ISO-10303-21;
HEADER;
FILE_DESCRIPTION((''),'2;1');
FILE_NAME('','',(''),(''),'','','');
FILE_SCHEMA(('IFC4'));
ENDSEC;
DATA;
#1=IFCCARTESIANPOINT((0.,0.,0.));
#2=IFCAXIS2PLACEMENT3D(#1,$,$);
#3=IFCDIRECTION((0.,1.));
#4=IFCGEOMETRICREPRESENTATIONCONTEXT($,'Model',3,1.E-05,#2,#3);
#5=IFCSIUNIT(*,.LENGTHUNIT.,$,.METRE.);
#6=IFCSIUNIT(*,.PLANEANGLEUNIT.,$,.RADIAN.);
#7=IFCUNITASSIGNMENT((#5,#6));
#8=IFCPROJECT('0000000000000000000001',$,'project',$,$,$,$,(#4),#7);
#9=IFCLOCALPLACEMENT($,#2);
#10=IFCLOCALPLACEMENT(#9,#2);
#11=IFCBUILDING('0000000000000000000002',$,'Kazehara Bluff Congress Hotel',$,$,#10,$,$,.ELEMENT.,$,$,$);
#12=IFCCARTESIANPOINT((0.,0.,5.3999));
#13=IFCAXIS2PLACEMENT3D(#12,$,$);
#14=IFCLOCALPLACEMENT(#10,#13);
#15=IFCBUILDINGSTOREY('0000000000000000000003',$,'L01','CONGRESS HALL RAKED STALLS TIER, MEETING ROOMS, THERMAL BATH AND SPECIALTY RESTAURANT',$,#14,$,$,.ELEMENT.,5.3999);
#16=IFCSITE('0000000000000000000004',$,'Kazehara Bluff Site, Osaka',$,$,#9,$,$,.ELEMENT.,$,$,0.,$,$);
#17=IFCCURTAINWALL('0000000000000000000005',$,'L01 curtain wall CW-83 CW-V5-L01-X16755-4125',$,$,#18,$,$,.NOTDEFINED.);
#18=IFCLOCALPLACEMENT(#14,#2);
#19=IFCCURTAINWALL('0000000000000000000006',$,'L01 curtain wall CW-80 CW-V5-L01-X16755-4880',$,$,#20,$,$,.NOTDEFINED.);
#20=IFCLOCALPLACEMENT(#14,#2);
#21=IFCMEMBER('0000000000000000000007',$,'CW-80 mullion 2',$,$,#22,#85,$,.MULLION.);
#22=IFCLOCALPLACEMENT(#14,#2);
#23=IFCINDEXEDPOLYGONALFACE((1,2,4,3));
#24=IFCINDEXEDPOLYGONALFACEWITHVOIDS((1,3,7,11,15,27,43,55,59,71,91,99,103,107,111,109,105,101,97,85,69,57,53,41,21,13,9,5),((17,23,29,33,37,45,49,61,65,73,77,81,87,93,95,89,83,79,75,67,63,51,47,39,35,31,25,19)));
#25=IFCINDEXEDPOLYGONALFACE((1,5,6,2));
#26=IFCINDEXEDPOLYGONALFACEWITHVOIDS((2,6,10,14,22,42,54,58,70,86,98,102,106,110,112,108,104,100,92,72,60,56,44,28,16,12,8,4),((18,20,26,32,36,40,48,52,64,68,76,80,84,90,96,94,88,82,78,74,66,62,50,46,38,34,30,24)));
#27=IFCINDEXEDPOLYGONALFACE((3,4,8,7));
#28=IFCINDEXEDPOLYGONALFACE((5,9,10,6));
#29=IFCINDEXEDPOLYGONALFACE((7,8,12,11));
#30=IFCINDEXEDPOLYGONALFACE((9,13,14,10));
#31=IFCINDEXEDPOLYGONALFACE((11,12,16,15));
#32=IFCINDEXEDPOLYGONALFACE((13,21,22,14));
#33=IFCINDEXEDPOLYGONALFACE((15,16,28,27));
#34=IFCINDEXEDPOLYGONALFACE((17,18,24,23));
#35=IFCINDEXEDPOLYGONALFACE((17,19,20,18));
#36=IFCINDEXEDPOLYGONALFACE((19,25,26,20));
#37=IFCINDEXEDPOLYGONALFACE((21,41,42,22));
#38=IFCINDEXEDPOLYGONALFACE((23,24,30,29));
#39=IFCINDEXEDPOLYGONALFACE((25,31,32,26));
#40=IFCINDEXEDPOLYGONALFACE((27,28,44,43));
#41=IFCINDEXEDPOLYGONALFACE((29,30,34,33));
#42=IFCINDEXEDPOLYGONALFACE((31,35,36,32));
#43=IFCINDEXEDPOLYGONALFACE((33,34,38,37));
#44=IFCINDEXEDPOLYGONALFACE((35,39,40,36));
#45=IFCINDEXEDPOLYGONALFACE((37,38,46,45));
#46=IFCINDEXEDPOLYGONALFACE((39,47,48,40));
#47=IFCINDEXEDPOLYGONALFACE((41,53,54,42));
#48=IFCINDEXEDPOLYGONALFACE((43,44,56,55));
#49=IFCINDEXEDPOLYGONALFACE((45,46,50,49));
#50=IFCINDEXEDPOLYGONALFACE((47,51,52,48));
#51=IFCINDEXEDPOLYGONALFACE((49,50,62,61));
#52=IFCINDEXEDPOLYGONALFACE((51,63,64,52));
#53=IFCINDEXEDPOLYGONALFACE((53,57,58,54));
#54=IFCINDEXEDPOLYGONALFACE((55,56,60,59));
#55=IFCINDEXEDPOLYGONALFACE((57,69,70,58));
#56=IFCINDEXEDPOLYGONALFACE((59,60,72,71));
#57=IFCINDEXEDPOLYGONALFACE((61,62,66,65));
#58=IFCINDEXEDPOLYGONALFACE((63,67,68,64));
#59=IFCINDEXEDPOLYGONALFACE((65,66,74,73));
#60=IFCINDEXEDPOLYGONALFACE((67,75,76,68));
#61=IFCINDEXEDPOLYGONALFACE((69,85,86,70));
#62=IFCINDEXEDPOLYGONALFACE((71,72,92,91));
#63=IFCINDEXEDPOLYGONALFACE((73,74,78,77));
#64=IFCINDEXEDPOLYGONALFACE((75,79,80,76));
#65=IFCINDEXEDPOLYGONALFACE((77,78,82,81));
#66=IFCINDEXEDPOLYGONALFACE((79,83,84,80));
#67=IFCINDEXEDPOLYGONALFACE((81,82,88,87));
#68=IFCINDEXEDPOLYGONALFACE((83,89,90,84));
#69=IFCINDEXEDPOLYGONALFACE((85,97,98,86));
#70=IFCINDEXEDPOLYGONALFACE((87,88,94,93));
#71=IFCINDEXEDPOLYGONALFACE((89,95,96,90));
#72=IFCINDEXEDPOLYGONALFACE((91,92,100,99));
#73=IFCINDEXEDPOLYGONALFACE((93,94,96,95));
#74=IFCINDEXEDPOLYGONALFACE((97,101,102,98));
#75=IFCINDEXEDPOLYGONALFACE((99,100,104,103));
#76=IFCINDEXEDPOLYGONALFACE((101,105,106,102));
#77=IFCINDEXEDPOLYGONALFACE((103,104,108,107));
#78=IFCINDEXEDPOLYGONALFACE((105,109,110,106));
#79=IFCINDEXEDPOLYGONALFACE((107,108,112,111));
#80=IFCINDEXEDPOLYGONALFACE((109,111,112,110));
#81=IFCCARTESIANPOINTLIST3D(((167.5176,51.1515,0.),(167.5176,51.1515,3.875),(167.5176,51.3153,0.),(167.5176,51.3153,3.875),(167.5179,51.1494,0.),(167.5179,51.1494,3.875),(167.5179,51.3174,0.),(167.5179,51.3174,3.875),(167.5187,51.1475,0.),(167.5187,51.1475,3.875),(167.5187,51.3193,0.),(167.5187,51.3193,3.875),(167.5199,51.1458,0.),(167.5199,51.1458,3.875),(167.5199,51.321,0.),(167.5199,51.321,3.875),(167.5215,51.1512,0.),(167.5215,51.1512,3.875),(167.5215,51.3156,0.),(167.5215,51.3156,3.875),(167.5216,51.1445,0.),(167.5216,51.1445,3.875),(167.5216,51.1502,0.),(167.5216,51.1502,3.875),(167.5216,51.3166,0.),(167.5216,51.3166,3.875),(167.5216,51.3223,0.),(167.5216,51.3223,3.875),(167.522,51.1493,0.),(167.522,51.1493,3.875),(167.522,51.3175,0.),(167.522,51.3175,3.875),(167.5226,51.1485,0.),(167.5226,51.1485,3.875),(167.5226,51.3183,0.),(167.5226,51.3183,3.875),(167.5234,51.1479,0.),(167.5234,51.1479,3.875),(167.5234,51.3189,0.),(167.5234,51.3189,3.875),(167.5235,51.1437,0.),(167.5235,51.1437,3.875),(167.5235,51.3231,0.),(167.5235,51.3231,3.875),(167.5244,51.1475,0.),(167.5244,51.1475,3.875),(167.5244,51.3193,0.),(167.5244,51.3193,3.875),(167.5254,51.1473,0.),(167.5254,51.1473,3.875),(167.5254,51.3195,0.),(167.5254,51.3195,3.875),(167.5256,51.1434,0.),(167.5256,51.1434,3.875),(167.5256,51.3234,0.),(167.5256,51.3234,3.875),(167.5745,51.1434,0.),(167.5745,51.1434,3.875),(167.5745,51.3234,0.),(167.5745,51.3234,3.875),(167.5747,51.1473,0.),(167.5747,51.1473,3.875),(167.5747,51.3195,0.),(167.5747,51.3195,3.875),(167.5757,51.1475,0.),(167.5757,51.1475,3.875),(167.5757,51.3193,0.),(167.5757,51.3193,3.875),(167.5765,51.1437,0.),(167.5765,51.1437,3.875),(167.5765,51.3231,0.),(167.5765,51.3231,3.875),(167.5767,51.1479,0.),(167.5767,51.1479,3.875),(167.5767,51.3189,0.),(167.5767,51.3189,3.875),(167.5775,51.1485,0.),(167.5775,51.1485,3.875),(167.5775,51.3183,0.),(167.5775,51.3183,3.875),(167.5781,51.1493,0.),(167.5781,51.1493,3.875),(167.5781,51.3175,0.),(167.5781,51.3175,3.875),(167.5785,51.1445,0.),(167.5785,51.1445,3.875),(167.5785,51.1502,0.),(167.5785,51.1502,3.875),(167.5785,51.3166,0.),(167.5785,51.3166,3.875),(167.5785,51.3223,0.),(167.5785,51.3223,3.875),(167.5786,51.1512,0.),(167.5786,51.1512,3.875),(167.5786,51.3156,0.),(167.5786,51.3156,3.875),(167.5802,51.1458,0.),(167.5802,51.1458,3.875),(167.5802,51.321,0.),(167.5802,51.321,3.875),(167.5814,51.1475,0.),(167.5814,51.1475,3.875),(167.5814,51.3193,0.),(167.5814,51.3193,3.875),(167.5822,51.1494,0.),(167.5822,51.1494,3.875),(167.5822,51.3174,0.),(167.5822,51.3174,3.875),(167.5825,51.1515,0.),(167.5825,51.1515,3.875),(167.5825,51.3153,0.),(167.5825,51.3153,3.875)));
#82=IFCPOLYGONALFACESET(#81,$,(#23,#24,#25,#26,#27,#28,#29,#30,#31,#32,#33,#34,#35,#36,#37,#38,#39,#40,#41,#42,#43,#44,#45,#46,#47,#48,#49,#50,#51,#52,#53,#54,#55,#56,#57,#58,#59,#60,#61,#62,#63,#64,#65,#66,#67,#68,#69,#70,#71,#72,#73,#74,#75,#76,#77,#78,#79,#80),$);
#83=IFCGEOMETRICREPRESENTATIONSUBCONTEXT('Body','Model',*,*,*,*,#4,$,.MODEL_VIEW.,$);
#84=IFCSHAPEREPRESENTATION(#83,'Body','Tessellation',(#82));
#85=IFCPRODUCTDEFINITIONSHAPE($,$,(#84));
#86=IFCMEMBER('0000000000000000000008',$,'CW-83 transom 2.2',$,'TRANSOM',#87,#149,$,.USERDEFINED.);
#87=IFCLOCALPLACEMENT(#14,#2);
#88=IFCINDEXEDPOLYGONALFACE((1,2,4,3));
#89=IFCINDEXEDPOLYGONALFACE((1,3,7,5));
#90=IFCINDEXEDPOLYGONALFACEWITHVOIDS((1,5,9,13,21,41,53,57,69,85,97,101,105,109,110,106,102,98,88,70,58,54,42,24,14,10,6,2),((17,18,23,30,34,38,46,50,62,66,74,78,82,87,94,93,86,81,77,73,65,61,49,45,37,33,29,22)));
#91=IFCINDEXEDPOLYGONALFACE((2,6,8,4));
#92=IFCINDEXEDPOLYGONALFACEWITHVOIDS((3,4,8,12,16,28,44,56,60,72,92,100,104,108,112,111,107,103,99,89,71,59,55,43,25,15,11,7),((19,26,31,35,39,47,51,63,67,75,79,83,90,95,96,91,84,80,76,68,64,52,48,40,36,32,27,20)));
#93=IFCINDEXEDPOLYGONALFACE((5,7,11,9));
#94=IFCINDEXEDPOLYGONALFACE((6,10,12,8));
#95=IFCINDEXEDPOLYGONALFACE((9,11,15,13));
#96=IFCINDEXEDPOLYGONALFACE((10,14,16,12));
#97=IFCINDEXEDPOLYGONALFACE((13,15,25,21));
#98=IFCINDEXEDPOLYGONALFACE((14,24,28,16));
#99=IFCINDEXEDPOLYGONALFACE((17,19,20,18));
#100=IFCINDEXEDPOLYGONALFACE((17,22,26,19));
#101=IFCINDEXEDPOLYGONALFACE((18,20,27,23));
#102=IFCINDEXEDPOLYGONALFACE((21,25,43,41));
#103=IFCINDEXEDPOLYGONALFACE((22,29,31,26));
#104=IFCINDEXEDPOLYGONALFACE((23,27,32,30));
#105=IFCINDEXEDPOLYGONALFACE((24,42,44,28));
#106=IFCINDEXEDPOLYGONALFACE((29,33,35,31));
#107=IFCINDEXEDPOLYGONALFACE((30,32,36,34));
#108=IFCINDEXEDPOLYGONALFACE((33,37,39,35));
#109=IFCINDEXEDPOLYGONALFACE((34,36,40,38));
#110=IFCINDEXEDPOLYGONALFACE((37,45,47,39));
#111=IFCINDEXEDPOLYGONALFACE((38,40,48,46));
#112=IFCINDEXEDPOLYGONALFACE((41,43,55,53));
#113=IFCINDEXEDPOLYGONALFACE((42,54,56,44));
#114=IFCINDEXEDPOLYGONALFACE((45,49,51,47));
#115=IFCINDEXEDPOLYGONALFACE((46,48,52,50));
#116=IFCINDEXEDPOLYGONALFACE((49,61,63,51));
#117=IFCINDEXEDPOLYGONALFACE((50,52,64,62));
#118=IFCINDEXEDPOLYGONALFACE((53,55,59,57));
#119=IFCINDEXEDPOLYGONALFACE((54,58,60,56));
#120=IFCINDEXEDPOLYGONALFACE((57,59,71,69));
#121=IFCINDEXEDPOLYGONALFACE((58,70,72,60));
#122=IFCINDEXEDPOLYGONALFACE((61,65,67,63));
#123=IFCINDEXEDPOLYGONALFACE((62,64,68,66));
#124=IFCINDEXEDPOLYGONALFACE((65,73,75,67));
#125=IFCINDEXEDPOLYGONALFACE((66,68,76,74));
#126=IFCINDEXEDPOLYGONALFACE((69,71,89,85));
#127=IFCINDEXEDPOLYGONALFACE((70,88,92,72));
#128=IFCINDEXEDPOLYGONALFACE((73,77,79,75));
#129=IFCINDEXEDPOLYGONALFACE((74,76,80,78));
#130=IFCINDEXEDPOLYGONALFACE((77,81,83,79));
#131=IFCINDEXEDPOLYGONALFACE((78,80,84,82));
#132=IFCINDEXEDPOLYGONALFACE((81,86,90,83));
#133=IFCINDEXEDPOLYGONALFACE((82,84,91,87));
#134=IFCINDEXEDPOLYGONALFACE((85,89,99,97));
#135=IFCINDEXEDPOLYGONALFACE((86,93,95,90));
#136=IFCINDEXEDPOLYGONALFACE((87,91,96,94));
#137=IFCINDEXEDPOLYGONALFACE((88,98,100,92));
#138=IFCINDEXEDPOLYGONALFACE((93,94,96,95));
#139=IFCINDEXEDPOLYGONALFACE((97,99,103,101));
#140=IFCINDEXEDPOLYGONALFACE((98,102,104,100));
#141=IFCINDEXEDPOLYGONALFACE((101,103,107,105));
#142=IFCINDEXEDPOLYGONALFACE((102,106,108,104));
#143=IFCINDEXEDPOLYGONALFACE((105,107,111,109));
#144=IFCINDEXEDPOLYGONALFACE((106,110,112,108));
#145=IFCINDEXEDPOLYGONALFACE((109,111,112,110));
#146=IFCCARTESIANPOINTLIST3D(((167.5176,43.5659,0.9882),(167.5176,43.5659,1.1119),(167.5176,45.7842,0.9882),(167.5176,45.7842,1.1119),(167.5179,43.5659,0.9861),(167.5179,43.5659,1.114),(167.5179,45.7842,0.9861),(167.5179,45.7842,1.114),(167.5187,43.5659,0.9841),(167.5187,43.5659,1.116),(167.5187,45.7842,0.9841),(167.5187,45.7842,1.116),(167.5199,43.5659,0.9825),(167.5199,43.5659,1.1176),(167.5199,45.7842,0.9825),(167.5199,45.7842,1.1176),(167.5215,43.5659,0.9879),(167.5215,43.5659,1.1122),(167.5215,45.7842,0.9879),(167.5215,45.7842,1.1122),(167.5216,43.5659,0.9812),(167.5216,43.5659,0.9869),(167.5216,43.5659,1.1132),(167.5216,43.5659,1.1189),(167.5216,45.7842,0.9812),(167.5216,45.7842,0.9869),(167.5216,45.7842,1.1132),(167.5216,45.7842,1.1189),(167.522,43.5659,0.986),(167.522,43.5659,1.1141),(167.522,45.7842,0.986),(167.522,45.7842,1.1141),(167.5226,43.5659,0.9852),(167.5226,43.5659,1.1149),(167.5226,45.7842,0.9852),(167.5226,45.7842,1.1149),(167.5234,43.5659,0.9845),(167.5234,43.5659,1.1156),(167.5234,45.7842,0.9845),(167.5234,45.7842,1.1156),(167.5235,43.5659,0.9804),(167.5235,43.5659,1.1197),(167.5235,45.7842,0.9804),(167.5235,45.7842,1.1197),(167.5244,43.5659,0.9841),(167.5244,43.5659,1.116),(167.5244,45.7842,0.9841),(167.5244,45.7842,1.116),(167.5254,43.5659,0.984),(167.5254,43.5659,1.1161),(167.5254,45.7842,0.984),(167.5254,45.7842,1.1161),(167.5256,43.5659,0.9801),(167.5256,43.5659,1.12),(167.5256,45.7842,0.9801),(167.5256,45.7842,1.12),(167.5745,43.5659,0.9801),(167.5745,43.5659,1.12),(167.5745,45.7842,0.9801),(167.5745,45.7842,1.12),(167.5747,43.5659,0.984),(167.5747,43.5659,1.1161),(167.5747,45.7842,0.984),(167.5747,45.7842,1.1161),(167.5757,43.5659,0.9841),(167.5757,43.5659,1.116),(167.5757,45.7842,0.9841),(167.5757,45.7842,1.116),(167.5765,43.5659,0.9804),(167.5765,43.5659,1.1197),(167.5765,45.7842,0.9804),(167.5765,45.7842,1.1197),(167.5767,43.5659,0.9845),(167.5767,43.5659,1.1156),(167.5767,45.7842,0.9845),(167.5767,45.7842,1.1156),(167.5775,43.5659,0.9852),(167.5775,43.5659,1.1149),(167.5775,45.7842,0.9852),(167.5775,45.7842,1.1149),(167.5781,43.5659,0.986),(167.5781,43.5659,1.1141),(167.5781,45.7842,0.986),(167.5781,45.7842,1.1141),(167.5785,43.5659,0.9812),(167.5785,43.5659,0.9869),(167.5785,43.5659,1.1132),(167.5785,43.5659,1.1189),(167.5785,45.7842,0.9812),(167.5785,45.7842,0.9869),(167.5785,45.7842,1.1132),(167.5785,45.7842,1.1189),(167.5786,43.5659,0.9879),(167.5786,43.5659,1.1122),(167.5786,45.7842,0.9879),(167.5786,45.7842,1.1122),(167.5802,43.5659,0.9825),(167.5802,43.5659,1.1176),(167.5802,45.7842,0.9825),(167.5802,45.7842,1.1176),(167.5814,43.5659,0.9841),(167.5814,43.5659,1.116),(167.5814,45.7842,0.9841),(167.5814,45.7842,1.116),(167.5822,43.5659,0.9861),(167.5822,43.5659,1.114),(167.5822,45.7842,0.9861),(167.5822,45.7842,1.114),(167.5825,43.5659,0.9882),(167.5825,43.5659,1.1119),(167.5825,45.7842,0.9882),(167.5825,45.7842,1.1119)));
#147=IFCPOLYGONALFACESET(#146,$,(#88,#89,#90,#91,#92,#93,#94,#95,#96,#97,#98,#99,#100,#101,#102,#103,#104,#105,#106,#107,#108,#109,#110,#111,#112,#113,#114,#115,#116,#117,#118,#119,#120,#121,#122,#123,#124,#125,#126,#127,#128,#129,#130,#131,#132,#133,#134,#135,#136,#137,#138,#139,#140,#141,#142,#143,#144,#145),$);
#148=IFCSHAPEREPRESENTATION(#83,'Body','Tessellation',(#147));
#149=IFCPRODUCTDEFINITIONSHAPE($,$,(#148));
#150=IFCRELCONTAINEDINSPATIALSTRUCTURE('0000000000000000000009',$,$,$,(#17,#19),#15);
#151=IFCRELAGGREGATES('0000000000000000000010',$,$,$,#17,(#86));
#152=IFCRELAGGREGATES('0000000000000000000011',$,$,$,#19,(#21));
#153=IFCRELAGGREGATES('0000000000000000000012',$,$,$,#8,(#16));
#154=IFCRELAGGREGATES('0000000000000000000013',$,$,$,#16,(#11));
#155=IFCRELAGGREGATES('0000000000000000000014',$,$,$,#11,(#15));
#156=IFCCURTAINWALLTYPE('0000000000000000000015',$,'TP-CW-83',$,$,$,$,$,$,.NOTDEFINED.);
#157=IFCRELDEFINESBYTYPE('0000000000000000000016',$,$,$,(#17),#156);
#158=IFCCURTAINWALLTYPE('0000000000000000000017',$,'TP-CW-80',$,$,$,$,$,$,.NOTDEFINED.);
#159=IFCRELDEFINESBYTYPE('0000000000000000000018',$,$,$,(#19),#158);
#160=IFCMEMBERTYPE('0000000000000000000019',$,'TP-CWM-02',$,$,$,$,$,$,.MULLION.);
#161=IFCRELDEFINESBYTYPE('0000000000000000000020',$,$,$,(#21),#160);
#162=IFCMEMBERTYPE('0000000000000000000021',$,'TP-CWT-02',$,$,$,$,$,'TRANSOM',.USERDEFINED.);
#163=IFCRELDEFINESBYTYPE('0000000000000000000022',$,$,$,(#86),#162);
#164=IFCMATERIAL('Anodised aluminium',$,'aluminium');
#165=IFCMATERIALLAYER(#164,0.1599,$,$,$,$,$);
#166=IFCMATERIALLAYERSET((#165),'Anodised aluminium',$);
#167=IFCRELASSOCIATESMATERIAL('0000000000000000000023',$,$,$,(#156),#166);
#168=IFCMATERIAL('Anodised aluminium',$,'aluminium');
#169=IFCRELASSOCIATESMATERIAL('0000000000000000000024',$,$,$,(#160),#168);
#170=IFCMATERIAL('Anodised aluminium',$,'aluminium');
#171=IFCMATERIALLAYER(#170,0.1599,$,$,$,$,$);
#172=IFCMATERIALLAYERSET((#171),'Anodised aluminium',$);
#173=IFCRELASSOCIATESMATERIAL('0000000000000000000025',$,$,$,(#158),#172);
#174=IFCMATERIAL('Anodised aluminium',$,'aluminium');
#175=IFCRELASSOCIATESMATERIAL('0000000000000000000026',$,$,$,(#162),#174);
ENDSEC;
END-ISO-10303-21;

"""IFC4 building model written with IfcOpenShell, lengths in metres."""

from ifc_helpers import new_model, si_unit, direction, frame, origin, origin_2d, place, context, subcontext, project, spatial, hollow_rectangle, extrude, material, layer, layer_set, material_profile, profile_set, type_object, element, aggregate, save


model = new_model("IFC4")

# Units and contexts
model_context = context("Model", 3, precision=1e-05, world=origin(), true_north=direction((0.0, 1.0)))
body_context = subcontext(model_context, "Body", "Model", "MODEL_VIEW")
ifc_project = project(units=[si_unit("LENGTHUNIT", "METRE"), si_unit("PLANEANGLEUNIT", "RADIAN")], contexts=[model_context])

# Site, building, storey
site_placement = place(None, origin())
site = spatial("IfcSite", under=ifc_project, at=site_placement, Name="Kazehara Bluff Site, Osaka", CompositionType="ELEMENT", RefElevation=0.0)
building_placement = place(site_placement, origin())
building = spatial("IfcBuilding", under=site, at=building_placement, Name="Kazehara Bluff Congress Hotel", CompositionType="ELEMENT")
storey_placement = place(building_placement, frame((0.0, 0.0, 5.3999)))
storey = spatial("IfcBuildingStorey", under=building, at=storey_placement, Name="L01", Description="CONGRESS HALL RAKED STALLS TIER, MEETING ROOMS, THERMAL BATH AND SPECIALTY RESTAURANT", CompositionType="ELEMENT", Elevation=5.3999)

# Curtain walls, member
ifc_material_1 = material(Name="Anodised aluminium", Category="aluminium")
ifc_layer_1 = layer(ifc_material_1, 0.1599)
ifc_layer_set_1 = layer_set([ifc_layer_1], Name="Anodised aluminium")
curtain_wall_type_1 = type_object("IfcCurtainWallType", Name="TP-CW-83", PredefinedType="NOTDEFINED", material=ifc_layer_set_1)
curtain_wall_1_placement = place(storey_placement, origin())
curtain_wall_1 = element("IfcCurtainWall", 1, at=curtain_wall_1_placement, inside=storey, type_object=curtain_wall_type_1, Name="L01 curtain wall CW-83 CW-V5-L01-X16755-4125", PredefinedType="NOTDEFINED")
ifc_material_2 = material(Name="Anodised aluminium", Category="aluminium")
ifc_material_profile_1 = material_profile(ifc_material_2, hollow_rectangle(XDim=0.0649, YDim=0.1799, WallThickness=0.0039, InnerFilletRadius=0.0039, OuterFilletRadius=0.0081, at=origin_2d()))
ifc_profile_set_1 = profile_set([ifc_material_profile_1], Name="Anodised aluminium")
member_type_1 = type_object("IfcMemberType", Name="TP-CWM-02", PredefinedType="MULLION", material=ifc_profile_set_1)
ifc_material_3 = material(Name="Anodised aluminium", Category="aluminium")
ifc_layer_2 = layer(ifc_material_3, 0.1599)
ifc_layer_set_2 = layer_set([ifc_layer_2], Name="Anodised aluminium")
curtain_wall_type_2 = type_object("IfcCurtainWallType", Name="TP-CW-80", PredefinedType="NOTDEFINED", material=ifc_layer_set_2)
curtain_wall_2_placement = place(storey_placement, origin())
curtain_wall_2 = element("IfcCurtainWall", 2, at=curtain_wall_2_placement, inside=storey, type_object=curtain_wall_type_2, Name="L01 curtain wall CW-80 CW-V5-L01-X16755-4880", PredefinedType="NOTDEFINED")
member_1_placement = place(storey_placement, frame((167.55, 51.2334, 0.0), z_axis=(0.0, 0.0, 1.0), x_axis=(-1.0, 0.0, 0.0)))
member_1 = element("IfcMember", 3, at=member_1_placement, type_object=member_type_1, Name="CW-80 mullion 2", PredefinedType="MULLION", context=body_context, shape_type="SweptSolid", body=[
    extrude(hollow_rectangle(XDim=0.0649, YDim=0.1799, WallThickness=0.0039, InnerFilletRadius=0.0039, OuterFilletRadius=0.0081, at=origin_2d()), origin(), (0.0, 0.0, 1.0), 3.875),
])

# Member
ifc_material_4 = material(Name="Anodised aluminium", Category="aluminium")
ifc_material_profile_2 = material_profile(ifc_material_4, hollow_rectangle(XDim=0.0649, YDim=0.1399, WallThickness=0.0039, InnerFilletRadius=0.0039, OuterFilletRadius=0.0081, at=origin_2d()))
ifc_profile_set_2 = profile_set([ifc_material_profile_2], Name="Anodised aluminium")
member_type_2 = type_object("IfcMemberType", Name="TP-CWT-02", ElementType="TRANSOM", PredefinedType="USERDEFINED", material=ifc_profile_set_2)
member_2_placement = place(storey_placement, frame((167.55, 43.5659, 1.05), z_axis=(0.0, 1.0, 0.0), x_axis=(-1.0, 0.0, 0.0)))
member_2 = element("IfcMember", 4, at=member_2_placement, type_object=member_type_2, Name="CW-83 transom 2.2", ObjectType="TRANSOM", PredefinedType="USERDEFINED", context=body_context, shape_type="SweptSolid", body=[
    extrude(hollow_rectangle(XDim=0.0649, YDim=0.1399, WallThickness=0.0039, InnerFilletRadius=0.0039, OuterFilletRadius=0.0081, at=origin_2d()), origin(), (0.0, 0.0, 1.0), 2.2183),
])

aggregate(curtain_wall_1, [member_2])
aggregate(curtain_wall_2, [member_1])

save(model, "model.ifc")
